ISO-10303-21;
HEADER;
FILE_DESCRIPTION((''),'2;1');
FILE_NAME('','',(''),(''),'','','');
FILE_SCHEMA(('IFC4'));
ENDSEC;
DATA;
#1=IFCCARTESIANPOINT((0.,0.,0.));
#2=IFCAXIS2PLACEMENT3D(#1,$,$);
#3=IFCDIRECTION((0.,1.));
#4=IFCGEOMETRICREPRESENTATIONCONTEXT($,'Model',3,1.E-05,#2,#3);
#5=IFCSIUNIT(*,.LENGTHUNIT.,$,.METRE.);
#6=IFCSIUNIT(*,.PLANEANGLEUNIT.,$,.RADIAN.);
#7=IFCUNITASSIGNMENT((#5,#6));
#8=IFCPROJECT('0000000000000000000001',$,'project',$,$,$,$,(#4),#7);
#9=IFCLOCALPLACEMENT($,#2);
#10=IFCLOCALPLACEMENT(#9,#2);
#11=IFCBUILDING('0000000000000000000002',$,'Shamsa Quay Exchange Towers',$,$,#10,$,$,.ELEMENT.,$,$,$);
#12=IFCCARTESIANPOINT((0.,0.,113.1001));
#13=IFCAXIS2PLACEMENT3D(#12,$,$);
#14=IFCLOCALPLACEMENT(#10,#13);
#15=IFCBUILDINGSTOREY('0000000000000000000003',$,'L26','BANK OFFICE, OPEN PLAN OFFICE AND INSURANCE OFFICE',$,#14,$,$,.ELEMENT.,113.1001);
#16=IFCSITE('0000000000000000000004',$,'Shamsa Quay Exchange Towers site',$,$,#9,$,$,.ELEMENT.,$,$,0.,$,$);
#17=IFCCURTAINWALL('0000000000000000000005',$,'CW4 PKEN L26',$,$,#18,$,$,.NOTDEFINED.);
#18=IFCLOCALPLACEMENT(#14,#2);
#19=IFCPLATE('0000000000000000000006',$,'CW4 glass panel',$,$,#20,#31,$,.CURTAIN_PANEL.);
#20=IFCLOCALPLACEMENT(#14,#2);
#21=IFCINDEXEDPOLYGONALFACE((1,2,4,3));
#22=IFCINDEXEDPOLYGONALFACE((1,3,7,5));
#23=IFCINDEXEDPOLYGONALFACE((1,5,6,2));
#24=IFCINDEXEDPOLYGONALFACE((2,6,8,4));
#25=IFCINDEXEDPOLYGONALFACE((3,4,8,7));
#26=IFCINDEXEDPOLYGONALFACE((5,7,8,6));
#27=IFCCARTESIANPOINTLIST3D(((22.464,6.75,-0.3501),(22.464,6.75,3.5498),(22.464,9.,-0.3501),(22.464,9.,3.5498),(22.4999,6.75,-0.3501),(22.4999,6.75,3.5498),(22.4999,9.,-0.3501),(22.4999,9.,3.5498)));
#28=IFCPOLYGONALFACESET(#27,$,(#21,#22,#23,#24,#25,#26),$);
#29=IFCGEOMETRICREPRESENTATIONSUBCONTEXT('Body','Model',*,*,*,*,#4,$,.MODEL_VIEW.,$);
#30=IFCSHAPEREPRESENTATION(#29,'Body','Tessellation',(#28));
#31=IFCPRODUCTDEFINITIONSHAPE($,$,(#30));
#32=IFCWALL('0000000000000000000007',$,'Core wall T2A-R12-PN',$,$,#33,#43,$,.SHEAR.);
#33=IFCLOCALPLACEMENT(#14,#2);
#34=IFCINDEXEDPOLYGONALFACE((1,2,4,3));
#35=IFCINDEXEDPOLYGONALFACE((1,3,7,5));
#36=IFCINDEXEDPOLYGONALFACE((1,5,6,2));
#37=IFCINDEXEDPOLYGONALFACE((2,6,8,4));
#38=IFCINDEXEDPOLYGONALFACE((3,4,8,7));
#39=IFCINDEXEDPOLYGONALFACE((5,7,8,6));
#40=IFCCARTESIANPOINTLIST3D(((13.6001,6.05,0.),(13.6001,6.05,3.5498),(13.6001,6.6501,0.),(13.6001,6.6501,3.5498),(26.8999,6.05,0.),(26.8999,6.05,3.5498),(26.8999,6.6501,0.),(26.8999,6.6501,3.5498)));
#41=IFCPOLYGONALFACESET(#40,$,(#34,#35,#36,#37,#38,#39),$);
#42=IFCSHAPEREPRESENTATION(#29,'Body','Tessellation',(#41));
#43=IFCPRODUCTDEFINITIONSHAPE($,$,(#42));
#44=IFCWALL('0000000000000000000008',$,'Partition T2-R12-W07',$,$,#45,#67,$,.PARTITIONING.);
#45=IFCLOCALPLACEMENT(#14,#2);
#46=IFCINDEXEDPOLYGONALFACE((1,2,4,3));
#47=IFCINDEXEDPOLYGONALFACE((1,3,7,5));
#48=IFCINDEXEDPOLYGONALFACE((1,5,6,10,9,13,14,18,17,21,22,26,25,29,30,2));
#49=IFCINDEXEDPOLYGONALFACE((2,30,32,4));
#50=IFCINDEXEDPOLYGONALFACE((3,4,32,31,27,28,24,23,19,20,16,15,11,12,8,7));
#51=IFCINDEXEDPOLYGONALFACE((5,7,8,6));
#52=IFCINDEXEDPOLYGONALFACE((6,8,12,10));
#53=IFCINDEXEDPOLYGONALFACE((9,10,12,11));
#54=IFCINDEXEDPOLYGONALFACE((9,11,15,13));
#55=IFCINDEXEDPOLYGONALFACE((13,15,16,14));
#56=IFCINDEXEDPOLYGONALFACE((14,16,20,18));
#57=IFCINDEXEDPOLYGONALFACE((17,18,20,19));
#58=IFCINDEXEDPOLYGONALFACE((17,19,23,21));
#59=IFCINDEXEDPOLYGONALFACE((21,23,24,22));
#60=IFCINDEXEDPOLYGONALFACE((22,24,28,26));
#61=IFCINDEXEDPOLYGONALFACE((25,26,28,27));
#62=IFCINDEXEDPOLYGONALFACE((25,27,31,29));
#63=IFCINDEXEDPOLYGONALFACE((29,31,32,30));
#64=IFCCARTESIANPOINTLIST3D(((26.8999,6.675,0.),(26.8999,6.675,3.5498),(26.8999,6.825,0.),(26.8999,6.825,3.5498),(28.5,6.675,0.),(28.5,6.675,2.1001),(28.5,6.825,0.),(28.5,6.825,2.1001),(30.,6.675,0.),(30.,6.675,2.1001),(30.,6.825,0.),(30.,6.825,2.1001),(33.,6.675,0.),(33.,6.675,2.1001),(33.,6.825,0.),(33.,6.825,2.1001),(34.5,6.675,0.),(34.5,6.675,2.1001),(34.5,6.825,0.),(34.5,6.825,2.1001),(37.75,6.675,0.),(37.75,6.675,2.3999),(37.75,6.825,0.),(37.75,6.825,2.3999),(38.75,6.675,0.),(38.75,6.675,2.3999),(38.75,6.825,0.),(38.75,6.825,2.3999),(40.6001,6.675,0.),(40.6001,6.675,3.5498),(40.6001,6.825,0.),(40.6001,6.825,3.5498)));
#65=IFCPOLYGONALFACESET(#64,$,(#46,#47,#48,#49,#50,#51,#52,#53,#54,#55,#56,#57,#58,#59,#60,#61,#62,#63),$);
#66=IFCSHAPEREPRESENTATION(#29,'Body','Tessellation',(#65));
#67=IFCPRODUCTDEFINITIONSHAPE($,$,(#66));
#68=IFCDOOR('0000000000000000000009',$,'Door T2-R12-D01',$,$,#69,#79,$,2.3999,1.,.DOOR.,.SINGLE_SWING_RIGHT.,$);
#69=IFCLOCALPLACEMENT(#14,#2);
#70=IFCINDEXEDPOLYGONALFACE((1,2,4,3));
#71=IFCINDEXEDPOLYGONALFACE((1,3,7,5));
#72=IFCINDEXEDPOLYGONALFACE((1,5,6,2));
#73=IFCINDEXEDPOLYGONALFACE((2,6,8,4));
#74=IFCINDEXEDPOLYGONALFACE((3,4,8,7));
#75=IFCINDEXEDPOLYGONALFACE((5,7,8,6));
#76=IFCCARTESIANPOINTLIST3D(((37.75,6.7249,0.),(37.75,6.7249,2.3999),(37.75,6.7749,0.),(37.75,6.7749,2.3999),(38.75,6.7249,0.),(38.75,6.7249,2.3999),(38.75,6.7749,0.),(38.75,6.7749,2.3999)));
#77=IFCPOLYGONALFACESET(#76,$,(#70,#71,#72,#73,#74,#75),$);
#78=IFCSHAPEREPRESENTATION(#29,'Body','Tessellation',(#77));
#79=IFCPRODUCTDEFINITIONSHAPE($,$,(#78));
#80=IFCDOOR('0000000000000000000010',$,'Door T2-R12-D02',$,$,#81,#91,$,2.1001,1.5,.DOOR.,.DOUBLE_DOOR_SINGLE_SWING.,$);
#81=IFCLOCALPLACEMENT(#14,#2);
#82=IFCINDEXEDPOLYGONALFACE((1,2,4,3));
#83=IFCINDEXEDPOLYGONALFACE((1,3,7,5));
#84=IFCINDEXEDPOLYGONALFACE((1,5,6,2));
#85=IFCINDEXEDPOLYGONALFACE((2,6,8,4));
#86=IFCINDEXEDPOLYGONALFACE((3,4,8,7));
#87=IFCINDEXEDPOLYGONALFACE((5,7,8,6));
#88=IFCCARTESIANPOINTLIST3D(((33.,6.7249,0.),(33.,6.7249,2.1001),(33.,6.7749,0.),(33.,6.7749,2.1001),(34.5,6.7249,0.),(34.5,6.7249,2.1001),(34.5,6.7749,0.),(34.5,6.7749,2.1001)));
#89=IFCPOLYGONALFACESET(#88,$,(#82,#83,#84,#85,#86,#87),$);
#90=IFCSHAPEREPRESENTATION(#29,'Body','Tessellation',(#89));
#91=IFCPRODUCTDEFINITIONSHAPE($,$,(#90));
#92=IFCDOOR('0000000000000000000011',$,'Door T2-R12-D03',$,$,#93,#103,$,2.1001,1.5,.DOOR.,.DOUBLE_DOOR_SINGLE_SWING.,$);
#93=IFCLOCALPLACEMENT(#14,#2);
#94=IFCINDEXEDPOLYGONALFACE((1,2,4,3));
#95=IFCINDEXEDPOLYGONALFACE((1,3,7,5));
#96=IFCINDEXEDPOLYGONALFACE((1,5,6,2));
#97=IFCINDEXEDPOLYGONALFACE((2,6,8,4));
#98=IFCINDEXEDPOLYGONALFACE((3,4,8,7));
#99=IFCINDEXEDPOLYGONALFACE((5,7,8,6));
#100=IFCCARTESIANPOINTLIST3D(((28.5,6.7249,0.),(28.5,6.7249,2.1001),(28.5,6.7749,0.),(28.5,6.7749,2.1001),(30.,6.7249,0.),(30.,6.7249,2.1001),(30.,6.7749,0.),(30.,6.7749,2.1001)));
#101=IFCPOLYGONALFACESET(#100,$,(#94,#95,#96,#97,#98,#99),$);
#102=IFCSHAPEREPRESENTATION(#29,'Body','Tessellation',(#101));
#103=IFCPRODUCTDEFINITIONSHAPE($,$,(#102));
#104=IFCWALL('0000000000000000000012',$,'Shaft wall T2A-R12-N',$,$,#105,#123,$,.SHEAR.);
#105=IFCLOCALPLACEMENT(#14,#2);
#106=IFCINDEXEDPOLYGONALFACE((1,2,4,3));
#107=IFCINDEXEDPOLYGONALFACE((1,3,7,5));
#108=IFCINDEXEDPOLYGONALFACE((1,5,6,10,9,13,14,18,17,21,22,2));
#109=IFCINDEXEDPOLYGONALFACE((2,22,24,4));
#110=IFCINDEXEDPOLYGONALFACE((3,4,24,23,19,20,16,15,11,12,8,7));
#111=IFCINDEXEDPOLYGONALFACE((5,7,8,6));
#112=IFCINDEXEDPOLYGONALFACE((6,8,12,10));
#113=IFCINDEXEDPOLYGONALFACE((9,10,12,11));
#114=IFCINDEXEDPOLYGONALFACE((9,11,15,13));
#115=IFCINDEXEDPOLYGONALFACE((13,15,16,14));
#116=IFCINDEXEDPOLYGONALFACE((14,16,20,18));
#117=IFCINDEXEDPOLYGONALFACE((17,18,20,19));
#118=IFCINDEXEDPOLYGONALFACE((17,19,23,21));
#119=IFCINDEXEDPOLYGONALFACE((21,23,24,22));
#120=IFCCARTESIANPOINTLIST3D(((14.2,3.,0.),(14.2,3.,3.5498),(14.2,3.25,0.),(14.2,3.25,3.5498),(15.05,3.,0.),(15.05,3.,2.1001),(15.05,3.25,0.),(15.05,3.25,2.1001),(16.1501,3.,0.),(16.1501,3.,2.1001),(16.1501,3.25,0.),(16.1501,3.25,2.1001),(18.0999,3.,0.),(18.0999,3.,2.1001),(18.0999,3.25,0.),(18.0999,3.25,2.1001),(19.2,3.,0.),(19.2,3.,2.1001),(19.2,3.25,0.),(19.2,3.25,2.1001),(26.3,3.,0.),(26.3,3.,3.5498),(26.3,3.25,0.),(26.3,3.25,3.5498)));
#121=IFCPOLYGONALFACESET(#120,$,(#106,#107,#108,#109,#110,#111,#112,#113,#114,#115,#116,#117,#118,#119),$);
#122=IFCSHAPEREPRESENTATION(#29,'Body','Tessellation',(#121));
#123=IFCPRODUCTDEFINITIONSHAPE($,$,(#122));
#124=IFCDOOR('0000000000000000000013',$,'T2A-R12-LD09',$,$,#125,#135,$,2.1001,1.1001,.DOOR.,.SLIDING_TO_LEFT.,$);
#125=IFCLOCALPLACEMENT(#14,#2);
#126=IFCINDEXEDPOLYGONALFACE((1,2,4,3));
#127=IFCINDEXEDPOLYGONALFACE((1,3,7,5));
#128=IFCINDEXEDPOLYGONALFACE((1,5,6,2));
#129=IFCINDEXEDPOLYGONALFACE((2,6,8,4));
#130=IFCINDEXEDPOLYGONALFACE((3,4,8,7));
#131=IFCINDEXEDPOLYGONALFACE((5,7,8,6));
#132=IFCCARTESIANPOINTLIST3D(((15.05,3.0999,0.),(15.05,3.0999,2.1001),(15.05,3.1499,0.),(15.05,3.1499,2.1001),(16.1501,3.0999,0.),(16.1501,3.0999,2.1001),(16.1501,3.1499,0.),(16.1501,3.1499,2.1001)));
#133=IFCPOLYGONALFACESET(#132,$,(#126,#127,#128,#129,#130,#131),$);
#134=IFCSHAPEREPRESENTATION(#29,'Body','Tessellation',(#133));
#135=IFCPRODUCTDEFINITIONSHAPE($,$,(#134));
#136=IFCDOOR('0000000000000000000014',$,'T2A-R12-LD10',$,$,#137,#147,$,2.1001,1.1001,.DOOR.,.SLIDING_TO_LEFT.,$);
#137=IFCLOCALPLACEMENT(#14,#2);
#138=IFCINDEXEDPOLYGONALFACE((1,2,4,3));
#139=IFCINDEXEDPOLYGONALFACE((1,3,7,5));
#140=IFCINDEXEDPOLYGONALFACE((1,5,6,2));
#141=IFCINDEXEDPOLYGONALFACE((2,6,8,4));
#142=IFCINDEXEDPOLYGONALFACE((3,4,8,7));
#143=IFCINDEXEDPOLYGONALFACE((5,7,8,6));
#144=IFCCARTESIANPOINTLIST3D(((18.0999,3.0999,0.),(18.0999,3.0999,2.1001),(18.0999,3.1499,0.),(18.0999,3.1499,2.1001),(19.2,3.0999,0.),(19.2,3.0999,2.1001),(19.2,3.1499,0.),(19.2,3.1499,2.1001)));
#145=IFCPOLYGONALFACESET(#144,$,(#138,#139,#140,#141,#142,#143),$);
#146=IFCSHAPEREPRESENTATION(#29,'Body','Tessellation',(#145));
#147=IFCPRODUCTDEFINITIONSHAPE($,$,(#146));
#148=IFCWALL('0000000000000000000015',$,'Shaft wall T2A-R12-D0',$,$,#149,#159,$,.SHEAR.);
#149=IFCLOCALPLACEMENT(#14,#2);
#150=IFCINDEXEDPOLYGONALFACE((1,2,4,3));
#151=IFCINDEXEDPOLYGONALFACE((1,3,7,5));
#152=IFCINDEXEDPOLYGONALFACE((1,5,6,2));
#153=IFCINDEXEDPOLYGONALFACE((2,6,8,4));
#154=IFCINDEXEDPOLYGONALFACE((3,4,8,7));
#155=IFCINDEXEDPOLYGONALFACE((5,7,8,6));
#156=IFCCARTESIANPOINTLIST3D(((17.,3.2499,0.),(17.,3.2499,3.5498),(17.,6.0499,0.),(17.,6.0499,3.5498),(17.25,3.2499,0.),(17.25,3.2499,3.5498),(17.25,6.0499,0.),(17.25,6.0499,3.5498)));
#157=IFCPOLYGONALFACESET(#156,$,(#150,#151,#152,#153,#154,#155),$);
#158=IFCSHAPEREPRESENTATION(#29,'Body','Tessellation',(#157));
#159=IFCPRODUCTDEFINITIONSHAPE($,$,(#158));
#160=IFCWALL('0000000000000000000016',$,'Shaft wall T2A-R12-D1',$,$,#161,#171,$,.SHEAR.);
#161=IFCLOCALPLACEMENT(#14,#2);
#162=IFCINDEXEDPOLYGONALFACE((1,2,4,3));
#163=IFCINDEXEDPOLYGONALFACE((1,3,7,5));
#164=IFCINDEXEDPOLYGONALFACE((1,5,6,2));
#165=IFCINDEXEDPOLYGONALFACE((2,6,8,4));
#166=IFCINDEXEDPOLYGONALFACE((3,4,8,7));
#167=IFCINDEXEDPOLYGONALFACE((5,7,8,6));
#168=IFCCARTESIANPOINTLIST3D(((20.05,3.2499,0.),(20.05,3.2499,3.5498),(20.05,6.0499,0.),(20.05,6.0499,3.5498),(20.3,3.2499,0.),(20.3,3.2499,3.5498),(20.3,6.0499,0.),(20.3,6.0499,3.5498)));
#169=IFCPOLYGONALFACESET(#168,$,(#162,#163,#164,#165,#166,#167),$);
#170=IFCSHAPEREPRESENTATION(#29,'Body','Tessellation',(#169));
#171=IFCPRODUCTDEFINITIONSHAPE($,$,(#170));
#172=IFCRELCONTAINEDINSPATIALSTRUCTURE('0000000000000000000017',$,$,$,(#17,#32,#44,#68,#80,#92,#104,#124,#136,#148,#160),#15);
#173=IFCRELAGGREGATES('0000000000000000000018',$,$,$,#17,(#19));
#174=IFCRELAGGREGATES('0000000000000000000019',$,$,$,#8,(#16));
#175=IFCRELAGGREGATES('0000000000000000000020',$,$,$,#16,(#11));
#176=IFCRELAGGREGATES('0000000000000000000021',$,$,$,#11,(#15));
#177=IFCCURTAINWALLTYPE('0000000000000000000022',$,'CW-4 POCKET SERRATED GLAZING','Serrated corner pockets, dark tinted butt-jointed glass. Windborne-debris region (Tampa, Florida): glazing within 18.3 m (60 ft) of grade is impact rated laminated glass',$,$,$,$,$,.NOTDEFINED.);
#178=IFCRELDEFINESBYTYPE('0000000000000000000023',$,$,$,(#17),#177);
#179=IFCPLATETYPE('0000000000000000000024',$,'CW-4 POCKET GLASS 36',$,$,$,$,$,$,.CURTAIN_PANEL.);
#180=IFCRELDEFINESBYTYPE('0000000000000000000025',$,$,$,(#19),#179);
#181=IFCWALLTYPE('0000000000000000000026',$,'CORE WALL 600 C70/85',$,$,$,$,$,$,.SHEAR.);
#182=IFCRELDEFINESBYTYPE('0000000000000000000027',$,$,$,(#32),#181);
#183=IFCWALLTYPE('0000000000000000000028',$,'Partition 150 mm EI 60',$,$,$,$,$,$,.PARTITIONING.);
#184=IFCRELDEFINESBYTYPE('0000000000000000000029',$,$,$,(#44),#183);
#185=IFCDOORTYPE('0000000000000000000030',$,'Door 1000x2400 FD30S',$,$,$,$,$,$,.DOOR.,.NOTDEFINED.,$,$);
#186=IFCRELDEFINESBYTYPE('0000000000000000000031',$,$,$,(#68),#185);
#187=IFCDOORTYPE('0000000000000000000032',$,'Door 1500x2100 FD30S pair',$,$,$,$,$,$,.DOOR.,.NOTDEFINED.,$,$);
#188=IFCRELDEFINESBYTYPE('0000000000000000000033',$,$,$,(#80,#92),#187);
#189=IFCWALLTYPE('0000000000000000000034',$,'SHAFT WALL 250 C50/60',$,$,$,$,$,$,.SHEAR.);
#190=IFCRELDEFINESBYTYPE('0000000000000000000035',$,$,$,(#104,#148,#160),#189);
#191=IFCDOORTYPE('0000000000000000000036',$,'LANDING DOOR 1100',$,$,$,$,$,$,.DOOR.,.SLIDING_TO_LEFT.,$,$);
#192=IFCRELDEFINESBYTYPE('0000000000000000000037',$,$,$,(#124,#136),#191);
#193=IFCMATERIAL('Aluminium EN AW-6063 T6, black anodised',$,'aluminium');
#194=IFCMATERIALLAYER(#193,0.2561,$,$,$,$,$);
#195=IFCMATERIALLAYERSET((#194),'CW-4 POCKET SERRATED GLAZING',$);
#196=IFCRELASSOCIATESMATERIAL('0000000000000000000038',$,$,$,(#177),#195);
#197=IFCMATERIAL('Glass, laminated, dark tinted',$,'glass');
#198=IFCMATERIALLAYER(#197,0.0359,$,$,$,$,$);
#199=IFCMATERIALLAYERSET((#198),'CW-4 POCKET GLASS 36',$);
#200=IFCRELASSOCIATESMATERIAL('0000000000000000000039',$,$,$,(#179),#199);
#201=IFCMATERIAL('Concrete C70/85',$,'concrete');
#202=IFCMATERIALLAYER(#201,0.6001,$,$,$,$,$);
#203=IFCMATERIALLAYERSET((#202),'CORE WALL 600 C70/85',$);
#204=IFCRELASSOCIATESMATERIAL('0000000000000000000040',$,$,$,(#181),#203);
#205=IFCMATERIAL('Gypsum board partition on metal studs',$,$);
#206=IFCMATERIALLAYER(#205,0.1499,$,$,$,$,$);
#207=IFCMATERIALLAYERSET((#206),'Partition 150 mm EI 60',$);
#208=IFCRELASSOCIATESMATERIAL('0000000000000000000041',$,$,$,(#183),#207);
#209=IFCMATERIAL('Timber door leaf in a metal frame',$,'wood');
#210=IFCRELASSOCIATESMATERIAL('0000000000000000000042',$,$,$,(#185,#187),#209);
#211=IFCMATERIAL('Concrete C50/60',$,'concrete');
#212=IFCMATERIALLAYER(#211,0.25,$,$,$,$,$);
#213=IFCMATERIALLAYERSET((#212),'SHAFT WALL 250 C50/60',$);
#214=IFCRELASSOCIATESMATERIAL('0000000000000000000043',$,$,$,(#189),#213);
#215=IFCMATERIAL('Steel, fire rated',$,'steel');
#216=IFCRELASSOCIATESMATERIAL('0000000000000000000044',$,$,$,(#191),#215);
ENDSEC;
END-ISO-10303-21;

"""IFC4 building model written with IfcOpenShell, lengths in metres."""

from ifc_helpers import new_model, si_unit, direction, frame, frame_2d, origin, origin_2d, place, context, subcontext, project, spatial, rectangle, extrude, material, layer, layer_set, type_object, element, fill, aggregate, save


model = new_model("IFC4")

# Units and contexts
model_context = context("Model", 3, precision=1e-05, world=origin(), true_north=direction((0.0, 1.0)))
body_context = subcontext(model_context, "Body", "Model", "MODEL_VIEW")
ifc_project = project(units=[si_unit("LENGTHUNIT", "METRE"), si_unit("PLANEANGLEUNIT", "RADIAN")], contexts=[model_context])

# Site, building, storey
site_placement = place(None, origin())
site = spatial("IfcSite", under=ifc_project, at=site_placement, Name="Shamsa Quay Exchange Towers site", CompositionType="ELEMENT", RefElevation=0.0)
building_placement = place(site_placement, origin())
building = spatial("IfcBuilding", under=site, at=building_placement, Name="Shamsa Quay Exchange Towers", CompositionType="ELEMENT")
storey_placement = place(building_placement, frame((0.0, 0.0, 113.1001)))
storey = spatial("IfcBuildingStorey", under=building, at=storey_placement, Name="L26", Description="BANK OFFICE, OPEN PLAN OFFICE AND INSURANCE OFFICE", CompositionType="ELEMENT", Elevation=113.1001)

# Shared definitions
ifc_material_1 = material(Name="Aluminium EN AW-6063 T6, black anodised", Category="aluminium")

# Shared definitions
ifc_material_2 = material(Name="Glass, laminated, dark tinted", Category="glass")

# Curtain wall, plate
ifc_layer_1 = layer(ifc_material_1, 0.2561)
ifc_layer_set_1 = layer_set([ifc_layer_1], Name="CW-4 POCKET SERRATED GLAZING")
curtain_wall_type_1 = type_object("IfcCurtainWallType", Name="CW-4 POCKET SERRATED GLAZING", Description="Serrated corner pockets, dark tinted butt-jointed glass. Windborne-debris region (Tampa, Florida): glazing within 18.3 m (60 ft) of grade is impact rated laminated glass", PredefinedType="NOTDEFINED", material=ifc_layer_set_1)
curtain_wall_1_placement = place(storey_placement, origin())
curtain_wall_1 = element("IfcCurtainWall", 1, at=curtain_wall_1_placement, inside=storey, type_object=curtain_wall_type_1, Name="CW4 PKEN L26", PredefinedType="NOTDEFINED")
ifc_layer_2 = layer(ifc_material_2, 0.0359)
ifc_layer_set_2 = layer_set([ifc_layer_2], Name="CW-4 POCKET GLASS 36")
plate_type_1 = type_object("IfcPlateType", Name="CW-4 POCKET GLASS 36", PredefinedType="CURTAIN_PANEL", material=ifc_layer_set_2)
plate_1_placement = place(storey_placement, frame((22.4819, 7.875, -0.3501), z_axis=(0.0, 0.0, 1.0), x_axis=(0.0, -1.0, 0.0)))
plate_1 = element("IfcPlate", 2, at=plate_1_placement, type_object=plate_type_1, Name="CW4 glass panel", PredefinedType="CURTAIN_PANEL", context=body_context, shape_type="SweptSolid", body=[
    extrude(rectangle(XDim=2.25, YDim=0.0359, at=origin_2d()), origin(), (0.0, 0.0, 1.0), 3.8999),
])
aggregate(curtain_wall_1, [plate_1])

# Wall
ifc_material_3 = material(Name="Concrete C70/85", Category="concrete")
ifc_layer_3 = layer(ifc_material_3, 0.6001)
ifc_layer_set_3 = layer_set([ifc_layer_3], Name="CORE WALL 600 C70/85")
wall_type_1 = type_object("IfcWallType", Name="CORE WALL 600 C70/85", PredefinedType="SHEAR", material=ifc_layer_set_3)
wall_1_placement = place(storey_placement, frame((13.6001, 6.3501, 0.0)))
element("IfcWall", 3, at=wall_1_placement, inside=storey, type_object=wall_type_1, Name="Core wall T2A-R12-PN", PredefinedType="SHEAR", context=body_context, shape_type="SweptSolid", body=[
    extrude(rectangle(XDim=13.2998, YDim=0.6001, at=frame_2d((6.6499, 0.0))), origin(), (0.0, 0.0, 1.0), 3.5498),
])

# Shared definitions
ifc_material_4 = material(Name="Steel, fire rated", Category="steel")

# Walls, openings, doors
ifc_material_5 = material(Name="Gypsum board partition on metal studs")
ifc_layer_4 = layer(ifc_material_5, 0.1499)
ifc_layer_set_4 = layer_set([ifc_layer_4], Name="Partition 150 mm EI 60")
wall_type_2 = type_object("IfcWallType", Name="Partition 150 mm EI 60", PredefinedType="PARTITIONING", material=ifc_layer_set_4)
wall_2_placement = place(storey_placement, frame((26.8999, 6.75, 0.0)))
wall_2 = element("IfcWall", 4, at=wall_2_placement, inside=storey, type_object=wall_type_2, Name="Partition T2-R12-W07", PredefinedType="PARTITIONING", context=body_context, shape_type="SweptSolid", body=[
    extrude(rectangle(XDim=13.7002, YDim=0.1499, at=frame_2d((6.8501, 0.0))), origin(), (0.0, 0.0, 1.0), 3.5498),
])
opening_1_placement = place(wall_2_placement, frame((10.8501, 0.0, 0.0)))
opening_1 = element("IfcOpeningElement", 5, at=opening_1_placement, cuts=wall_2, PredefinedType="OPENING", context=body_context, shape_type="SweptSolid", body=[
    extrude(rectangle(XDim=1.0, YDim=2.3999, at=frame_2d((0.5, 1.2))), frame((0.0, 0.085, 0.0), z_axis=(0.0, -1.0, 0.0), x_axis=(1.0, 0.0, 0.0)), (0.0, 0.0, 1.0), 0.1699),
])
opening_2_placement = place(wall_2_placement, frame((6.1001, 0.0, 0.0)))
opening_2 = element("IfcOpeningElement", 6, at=opening_2_placement, cuts=wall_2, PredefinedType="OPENING", context=body_context, shape_type="SweptSolid", body=[
    extrude(rectangle(XDim=1.5, YDim=2.1001, at=frame_2d((0.75, 1.05))), frame((0.0, 0.085, 0.0), z_axis=(0.0, -1.0, 0.0), x_axis=(1.0, 0.0, 0.0)), (0.0, 0.0, 1.0), 0.1699),
])
opening_3_placement = place(wall_2_placement, frame((1.6001, 0.0, 0.0)))
opening_3 = element("IfcOpeningElement", 7, at=opening_3_placement, cuts=wall_2, PredefinedType="OPENING", context=body_context, shape_type="SweptSolid", body=[
    extrude(rectangle(XDim=1.5, YDim=2.1001, at=frame_2d((0.75, 1.05))), frame((0.0, 0.085, 0.0), z_axis=(0.0, -1.0, 0.0), x_axis=(1.0, 0.0, 0.0)), (0.0, 0.0, 1.0), 0.1699),
])
ifc_material_6 = material(Name="Timber door leaf in a metal frame", Category="wood")
door_type_1 = type_object("IfcDoorType", Name="Door 1000x2400 FD30S", OperationType="NOTDEFINED", PredefinedType="DOOR", material=ifc_material_6)
door_1_placement = place(opening_1_placement, origin())
door_1 = element("IfcDoor", 8, at=door_1_placement, inside=storey, type_object=door_type_1, Name="Door T2-R12-D01", OperationType="SINGLE_SWING_RIGHT", OverallHeight=2.3999, OverallWidth=1.0, PredefinedType="DOOR", context=body_context, shape_type="SweptSolid", body=[
    extrude(rectangle(XDim=1.0, YDim=2.3999, at=frame_2d((0.5, 1.2))), frame((0.0, 0.0249, 0.0), z_axis=(0.0, -1.0, 0.0), x_axis=(1.0, 0.0, 0.0)), (0.0, 0.0, 1.0), 0.05),
])
fill(opening_1, door_1)
door_type_2 = type_object("IfcDoorType", Name="Door 1500x2100 FD30S pair", OperationType="NOTDEFINED", PredefinedType="DOOR", material=ifc_material_6)
door_2_placement = place(opening_2_placement, origin())
door_2 = element("IfcDoor", 9, at=door_2_placement, inside=storey, type_object=door_type_2, Name="Door T2-R12-D02", OperationType="DOUBLE_DOOR_SINGLE_SWING", OverallHeight=2.1001, OverallWidth=1.5, PredefinedType="DOOR", context=body_context, shape_type="SweptSolid", body=[
    extrude(rectangle(XDim=1.5, YDim=2.1001, at=frame_2d((0.75, 1.05))), frame((0.0, 0.0249, 0.0), z_axis=(0.0, -1.0, 0.0), x_axis=(1.0, 0.0, 0.0)), (0.0, 0.0, 1.0), 0.05),
])
fill(opening_2, door_2)
door_3_placement = place(opening_3_placement, origin())
door_3 = element("IfcDoor", 10, at=door_3_placement, inside=storey, type_object=door_type_2, Name="Door T2-R12-D03", OperationType="DOUBLE_DOOR_SINGLE_SWING", OverallHeight=2.1001, OverallWidth=1.5, PredefinedType="DOOR", context=body_context, shape_type="SweptSolid", body=[
    extrude(rectangle(XDim=1.5, YDim=2.1001, at=frame_2d((0.75, 1.05))), frame((0.0, 0.0249, 0.0), z_axis=(0.0, -1.0, 0.0), x_axis=(1.0, 0.0, 0.0)), (0.0, 0.0, 1.0), 0.05),
])
fill(opening_3, door_3)
ifc_material_7 = material(Name="Concrete C50/60", Category="concrete")
ifc_layer_5 = layer(ifc_material_7, 0.25)
ifc_layer_set_5 = layer_set([ifc_layer_5], Name="SHAFT WALL 250 C50/60")
wall_type_3 = type_object("IfcWallType", Name="SHAFT WALL 250 C50/60", PredefinedType="SHEAR", material=ifc_layer_set_5)
wall_3_placement = place(storey_placement, frame((14.2, 3.125, 0.0)))
wall_3 = element("IfcWall", 11, at=wall_3_placement, inside=storey, type_object=wall_type_3, Name="Shaft wall T2A-R12-N", PredefinedType="SHEAR", context=body_context, shape_type="SweptSolid", body=[
    extrude(rectangle(XDim=12.1001, YDim=0.25, at=frame_2d((6.05, 0.0))), origin(), (0.0, 0.0, 1.0), 3.5498),
])
opening_4_placement = place(wall_3_placement, frame((0.8501, 0.0, 0.0)))
opening_4 = element("IfcOpeningElement", 12, at=opening_4_placement, cuts=wall_3, PredefinedType="OPENING", context=body_context, shape_type="SweptSolid", body=[
    extrude(rectangle(XDim=1.1001, YDim=2.1001, at=frame_2d((0.55, 1.05))), frame((0.0, 0.135, 0.0), z_axis=(0.0, -1.0, 0.0), x_axis=(1.0, 0.0, 0.0)), (0.0, 0.0, 1.0), 0.27),
])
opening_5_placement = place(wall_3_placement, frame((3.8999, 0.0, 0.0)))
opening_5 = element("IfcOpeningElement", 13, at=opening_5_placement, cuts=wall_3, PredefinedType="OPENING", context=body_context, shape_type="SweptSolid", body=[
    extrude(rectangle(XDim=1.1001, YDim=2.1001, at=frame_2d((0.55, 1.05))), frame((0.0, 0.135, 0.0), z_axis=(0.0, -1.0, 0.0), x_axis=(1.0, 0.0, 0.0)), (0.0, 0.0, 1.0), 0.27),
])
door_type_3 = type_object("IfcDoorType", Name="LANDING DOOR 1100", OperationType="SLIDING_TO_LEFT", PredefinedType="DOOR", material=ifc_material_4)
door_4_placement = place(opening_4_placement, origin())
door_4 = element("IfcDoor", 14, at=door_4_placement, inside=storey, type_object=door_type_3, Name="T2A-R12-LD09", OperationType="SLIDING_TO_LEFT", OverallHeight=2.1001, OverallWidth=1.1001, PredefinedType="DOOR", context=body_context, shape_type="SweptSolid", body=[
    extrude(rectangle(XDim=1.1001, YDim=2.1001, at=frame_2d((0.55, 1.05))), frame((0.0, 0.0249, 0.0), z_axis=(0.0, -1.0, 0.0), x_axis=(1.0, 0.0, 0.0)), (0.0, 0.0, 1.0), 0.05),
])
fill(opening_4, door_4)
door_5_placement = place(opening_5_placement, origin())
door_5 = element("IfcDoor", 15, at=door_5_placement, inside=storey, type_object=door_type_3, Name="T2A-R12-LD10", OperationType="SLIDING_TO_LEFT", OverallHeight=2.1001, OverallWidth=1.1001, PredefinedType="DOOR", context=body_context, shape_type="SweptSolid", body=[
    extrude(rectangle(XDim=1.1001, YDim=2.1001, at=frame_2d((0.55, 1.05))), frame((0.0, 0.0249, 0.0), z_axis=(0.0, -1.0, 0.0), x_axis=(1.0, 0.0, 0.0)), (0.0, 0.0, 1.0), 0.05),
])
fill(opening_5, door_5)

# Walls
for number, where, z_axis, x_axis, name in (
    (16, (17.125, 3.25, 0.0), (0.0, 0.0, 1.0), (0.0, 1.0, 0.0), "Shaft wall T2A-R12-D0"),
    (17, (20.175, 3.25, 0.0), (0.0, 0.0, 1.0), (0.0, 1.0, 0.0), "Shaft wall T2A-R12-D1"),
):
    element("IfcWall", number, at=place(storey_placement, frame(where, z_axis=z_axis, x_axis=x_axis)), inside=storey, type_object=wall_type_3, Name=name, PredefinedType="SHEAR", context=body_context, shape_type="SweptSolid", body=[
        extrude(rectangle(XDim=2.8, YDim=0.25, at=frame_2d((1.3999, 0.0))), origin(), (0.0, 0.0, 1.0), 3.5498),
    ])

save(model, "model.ifc")
